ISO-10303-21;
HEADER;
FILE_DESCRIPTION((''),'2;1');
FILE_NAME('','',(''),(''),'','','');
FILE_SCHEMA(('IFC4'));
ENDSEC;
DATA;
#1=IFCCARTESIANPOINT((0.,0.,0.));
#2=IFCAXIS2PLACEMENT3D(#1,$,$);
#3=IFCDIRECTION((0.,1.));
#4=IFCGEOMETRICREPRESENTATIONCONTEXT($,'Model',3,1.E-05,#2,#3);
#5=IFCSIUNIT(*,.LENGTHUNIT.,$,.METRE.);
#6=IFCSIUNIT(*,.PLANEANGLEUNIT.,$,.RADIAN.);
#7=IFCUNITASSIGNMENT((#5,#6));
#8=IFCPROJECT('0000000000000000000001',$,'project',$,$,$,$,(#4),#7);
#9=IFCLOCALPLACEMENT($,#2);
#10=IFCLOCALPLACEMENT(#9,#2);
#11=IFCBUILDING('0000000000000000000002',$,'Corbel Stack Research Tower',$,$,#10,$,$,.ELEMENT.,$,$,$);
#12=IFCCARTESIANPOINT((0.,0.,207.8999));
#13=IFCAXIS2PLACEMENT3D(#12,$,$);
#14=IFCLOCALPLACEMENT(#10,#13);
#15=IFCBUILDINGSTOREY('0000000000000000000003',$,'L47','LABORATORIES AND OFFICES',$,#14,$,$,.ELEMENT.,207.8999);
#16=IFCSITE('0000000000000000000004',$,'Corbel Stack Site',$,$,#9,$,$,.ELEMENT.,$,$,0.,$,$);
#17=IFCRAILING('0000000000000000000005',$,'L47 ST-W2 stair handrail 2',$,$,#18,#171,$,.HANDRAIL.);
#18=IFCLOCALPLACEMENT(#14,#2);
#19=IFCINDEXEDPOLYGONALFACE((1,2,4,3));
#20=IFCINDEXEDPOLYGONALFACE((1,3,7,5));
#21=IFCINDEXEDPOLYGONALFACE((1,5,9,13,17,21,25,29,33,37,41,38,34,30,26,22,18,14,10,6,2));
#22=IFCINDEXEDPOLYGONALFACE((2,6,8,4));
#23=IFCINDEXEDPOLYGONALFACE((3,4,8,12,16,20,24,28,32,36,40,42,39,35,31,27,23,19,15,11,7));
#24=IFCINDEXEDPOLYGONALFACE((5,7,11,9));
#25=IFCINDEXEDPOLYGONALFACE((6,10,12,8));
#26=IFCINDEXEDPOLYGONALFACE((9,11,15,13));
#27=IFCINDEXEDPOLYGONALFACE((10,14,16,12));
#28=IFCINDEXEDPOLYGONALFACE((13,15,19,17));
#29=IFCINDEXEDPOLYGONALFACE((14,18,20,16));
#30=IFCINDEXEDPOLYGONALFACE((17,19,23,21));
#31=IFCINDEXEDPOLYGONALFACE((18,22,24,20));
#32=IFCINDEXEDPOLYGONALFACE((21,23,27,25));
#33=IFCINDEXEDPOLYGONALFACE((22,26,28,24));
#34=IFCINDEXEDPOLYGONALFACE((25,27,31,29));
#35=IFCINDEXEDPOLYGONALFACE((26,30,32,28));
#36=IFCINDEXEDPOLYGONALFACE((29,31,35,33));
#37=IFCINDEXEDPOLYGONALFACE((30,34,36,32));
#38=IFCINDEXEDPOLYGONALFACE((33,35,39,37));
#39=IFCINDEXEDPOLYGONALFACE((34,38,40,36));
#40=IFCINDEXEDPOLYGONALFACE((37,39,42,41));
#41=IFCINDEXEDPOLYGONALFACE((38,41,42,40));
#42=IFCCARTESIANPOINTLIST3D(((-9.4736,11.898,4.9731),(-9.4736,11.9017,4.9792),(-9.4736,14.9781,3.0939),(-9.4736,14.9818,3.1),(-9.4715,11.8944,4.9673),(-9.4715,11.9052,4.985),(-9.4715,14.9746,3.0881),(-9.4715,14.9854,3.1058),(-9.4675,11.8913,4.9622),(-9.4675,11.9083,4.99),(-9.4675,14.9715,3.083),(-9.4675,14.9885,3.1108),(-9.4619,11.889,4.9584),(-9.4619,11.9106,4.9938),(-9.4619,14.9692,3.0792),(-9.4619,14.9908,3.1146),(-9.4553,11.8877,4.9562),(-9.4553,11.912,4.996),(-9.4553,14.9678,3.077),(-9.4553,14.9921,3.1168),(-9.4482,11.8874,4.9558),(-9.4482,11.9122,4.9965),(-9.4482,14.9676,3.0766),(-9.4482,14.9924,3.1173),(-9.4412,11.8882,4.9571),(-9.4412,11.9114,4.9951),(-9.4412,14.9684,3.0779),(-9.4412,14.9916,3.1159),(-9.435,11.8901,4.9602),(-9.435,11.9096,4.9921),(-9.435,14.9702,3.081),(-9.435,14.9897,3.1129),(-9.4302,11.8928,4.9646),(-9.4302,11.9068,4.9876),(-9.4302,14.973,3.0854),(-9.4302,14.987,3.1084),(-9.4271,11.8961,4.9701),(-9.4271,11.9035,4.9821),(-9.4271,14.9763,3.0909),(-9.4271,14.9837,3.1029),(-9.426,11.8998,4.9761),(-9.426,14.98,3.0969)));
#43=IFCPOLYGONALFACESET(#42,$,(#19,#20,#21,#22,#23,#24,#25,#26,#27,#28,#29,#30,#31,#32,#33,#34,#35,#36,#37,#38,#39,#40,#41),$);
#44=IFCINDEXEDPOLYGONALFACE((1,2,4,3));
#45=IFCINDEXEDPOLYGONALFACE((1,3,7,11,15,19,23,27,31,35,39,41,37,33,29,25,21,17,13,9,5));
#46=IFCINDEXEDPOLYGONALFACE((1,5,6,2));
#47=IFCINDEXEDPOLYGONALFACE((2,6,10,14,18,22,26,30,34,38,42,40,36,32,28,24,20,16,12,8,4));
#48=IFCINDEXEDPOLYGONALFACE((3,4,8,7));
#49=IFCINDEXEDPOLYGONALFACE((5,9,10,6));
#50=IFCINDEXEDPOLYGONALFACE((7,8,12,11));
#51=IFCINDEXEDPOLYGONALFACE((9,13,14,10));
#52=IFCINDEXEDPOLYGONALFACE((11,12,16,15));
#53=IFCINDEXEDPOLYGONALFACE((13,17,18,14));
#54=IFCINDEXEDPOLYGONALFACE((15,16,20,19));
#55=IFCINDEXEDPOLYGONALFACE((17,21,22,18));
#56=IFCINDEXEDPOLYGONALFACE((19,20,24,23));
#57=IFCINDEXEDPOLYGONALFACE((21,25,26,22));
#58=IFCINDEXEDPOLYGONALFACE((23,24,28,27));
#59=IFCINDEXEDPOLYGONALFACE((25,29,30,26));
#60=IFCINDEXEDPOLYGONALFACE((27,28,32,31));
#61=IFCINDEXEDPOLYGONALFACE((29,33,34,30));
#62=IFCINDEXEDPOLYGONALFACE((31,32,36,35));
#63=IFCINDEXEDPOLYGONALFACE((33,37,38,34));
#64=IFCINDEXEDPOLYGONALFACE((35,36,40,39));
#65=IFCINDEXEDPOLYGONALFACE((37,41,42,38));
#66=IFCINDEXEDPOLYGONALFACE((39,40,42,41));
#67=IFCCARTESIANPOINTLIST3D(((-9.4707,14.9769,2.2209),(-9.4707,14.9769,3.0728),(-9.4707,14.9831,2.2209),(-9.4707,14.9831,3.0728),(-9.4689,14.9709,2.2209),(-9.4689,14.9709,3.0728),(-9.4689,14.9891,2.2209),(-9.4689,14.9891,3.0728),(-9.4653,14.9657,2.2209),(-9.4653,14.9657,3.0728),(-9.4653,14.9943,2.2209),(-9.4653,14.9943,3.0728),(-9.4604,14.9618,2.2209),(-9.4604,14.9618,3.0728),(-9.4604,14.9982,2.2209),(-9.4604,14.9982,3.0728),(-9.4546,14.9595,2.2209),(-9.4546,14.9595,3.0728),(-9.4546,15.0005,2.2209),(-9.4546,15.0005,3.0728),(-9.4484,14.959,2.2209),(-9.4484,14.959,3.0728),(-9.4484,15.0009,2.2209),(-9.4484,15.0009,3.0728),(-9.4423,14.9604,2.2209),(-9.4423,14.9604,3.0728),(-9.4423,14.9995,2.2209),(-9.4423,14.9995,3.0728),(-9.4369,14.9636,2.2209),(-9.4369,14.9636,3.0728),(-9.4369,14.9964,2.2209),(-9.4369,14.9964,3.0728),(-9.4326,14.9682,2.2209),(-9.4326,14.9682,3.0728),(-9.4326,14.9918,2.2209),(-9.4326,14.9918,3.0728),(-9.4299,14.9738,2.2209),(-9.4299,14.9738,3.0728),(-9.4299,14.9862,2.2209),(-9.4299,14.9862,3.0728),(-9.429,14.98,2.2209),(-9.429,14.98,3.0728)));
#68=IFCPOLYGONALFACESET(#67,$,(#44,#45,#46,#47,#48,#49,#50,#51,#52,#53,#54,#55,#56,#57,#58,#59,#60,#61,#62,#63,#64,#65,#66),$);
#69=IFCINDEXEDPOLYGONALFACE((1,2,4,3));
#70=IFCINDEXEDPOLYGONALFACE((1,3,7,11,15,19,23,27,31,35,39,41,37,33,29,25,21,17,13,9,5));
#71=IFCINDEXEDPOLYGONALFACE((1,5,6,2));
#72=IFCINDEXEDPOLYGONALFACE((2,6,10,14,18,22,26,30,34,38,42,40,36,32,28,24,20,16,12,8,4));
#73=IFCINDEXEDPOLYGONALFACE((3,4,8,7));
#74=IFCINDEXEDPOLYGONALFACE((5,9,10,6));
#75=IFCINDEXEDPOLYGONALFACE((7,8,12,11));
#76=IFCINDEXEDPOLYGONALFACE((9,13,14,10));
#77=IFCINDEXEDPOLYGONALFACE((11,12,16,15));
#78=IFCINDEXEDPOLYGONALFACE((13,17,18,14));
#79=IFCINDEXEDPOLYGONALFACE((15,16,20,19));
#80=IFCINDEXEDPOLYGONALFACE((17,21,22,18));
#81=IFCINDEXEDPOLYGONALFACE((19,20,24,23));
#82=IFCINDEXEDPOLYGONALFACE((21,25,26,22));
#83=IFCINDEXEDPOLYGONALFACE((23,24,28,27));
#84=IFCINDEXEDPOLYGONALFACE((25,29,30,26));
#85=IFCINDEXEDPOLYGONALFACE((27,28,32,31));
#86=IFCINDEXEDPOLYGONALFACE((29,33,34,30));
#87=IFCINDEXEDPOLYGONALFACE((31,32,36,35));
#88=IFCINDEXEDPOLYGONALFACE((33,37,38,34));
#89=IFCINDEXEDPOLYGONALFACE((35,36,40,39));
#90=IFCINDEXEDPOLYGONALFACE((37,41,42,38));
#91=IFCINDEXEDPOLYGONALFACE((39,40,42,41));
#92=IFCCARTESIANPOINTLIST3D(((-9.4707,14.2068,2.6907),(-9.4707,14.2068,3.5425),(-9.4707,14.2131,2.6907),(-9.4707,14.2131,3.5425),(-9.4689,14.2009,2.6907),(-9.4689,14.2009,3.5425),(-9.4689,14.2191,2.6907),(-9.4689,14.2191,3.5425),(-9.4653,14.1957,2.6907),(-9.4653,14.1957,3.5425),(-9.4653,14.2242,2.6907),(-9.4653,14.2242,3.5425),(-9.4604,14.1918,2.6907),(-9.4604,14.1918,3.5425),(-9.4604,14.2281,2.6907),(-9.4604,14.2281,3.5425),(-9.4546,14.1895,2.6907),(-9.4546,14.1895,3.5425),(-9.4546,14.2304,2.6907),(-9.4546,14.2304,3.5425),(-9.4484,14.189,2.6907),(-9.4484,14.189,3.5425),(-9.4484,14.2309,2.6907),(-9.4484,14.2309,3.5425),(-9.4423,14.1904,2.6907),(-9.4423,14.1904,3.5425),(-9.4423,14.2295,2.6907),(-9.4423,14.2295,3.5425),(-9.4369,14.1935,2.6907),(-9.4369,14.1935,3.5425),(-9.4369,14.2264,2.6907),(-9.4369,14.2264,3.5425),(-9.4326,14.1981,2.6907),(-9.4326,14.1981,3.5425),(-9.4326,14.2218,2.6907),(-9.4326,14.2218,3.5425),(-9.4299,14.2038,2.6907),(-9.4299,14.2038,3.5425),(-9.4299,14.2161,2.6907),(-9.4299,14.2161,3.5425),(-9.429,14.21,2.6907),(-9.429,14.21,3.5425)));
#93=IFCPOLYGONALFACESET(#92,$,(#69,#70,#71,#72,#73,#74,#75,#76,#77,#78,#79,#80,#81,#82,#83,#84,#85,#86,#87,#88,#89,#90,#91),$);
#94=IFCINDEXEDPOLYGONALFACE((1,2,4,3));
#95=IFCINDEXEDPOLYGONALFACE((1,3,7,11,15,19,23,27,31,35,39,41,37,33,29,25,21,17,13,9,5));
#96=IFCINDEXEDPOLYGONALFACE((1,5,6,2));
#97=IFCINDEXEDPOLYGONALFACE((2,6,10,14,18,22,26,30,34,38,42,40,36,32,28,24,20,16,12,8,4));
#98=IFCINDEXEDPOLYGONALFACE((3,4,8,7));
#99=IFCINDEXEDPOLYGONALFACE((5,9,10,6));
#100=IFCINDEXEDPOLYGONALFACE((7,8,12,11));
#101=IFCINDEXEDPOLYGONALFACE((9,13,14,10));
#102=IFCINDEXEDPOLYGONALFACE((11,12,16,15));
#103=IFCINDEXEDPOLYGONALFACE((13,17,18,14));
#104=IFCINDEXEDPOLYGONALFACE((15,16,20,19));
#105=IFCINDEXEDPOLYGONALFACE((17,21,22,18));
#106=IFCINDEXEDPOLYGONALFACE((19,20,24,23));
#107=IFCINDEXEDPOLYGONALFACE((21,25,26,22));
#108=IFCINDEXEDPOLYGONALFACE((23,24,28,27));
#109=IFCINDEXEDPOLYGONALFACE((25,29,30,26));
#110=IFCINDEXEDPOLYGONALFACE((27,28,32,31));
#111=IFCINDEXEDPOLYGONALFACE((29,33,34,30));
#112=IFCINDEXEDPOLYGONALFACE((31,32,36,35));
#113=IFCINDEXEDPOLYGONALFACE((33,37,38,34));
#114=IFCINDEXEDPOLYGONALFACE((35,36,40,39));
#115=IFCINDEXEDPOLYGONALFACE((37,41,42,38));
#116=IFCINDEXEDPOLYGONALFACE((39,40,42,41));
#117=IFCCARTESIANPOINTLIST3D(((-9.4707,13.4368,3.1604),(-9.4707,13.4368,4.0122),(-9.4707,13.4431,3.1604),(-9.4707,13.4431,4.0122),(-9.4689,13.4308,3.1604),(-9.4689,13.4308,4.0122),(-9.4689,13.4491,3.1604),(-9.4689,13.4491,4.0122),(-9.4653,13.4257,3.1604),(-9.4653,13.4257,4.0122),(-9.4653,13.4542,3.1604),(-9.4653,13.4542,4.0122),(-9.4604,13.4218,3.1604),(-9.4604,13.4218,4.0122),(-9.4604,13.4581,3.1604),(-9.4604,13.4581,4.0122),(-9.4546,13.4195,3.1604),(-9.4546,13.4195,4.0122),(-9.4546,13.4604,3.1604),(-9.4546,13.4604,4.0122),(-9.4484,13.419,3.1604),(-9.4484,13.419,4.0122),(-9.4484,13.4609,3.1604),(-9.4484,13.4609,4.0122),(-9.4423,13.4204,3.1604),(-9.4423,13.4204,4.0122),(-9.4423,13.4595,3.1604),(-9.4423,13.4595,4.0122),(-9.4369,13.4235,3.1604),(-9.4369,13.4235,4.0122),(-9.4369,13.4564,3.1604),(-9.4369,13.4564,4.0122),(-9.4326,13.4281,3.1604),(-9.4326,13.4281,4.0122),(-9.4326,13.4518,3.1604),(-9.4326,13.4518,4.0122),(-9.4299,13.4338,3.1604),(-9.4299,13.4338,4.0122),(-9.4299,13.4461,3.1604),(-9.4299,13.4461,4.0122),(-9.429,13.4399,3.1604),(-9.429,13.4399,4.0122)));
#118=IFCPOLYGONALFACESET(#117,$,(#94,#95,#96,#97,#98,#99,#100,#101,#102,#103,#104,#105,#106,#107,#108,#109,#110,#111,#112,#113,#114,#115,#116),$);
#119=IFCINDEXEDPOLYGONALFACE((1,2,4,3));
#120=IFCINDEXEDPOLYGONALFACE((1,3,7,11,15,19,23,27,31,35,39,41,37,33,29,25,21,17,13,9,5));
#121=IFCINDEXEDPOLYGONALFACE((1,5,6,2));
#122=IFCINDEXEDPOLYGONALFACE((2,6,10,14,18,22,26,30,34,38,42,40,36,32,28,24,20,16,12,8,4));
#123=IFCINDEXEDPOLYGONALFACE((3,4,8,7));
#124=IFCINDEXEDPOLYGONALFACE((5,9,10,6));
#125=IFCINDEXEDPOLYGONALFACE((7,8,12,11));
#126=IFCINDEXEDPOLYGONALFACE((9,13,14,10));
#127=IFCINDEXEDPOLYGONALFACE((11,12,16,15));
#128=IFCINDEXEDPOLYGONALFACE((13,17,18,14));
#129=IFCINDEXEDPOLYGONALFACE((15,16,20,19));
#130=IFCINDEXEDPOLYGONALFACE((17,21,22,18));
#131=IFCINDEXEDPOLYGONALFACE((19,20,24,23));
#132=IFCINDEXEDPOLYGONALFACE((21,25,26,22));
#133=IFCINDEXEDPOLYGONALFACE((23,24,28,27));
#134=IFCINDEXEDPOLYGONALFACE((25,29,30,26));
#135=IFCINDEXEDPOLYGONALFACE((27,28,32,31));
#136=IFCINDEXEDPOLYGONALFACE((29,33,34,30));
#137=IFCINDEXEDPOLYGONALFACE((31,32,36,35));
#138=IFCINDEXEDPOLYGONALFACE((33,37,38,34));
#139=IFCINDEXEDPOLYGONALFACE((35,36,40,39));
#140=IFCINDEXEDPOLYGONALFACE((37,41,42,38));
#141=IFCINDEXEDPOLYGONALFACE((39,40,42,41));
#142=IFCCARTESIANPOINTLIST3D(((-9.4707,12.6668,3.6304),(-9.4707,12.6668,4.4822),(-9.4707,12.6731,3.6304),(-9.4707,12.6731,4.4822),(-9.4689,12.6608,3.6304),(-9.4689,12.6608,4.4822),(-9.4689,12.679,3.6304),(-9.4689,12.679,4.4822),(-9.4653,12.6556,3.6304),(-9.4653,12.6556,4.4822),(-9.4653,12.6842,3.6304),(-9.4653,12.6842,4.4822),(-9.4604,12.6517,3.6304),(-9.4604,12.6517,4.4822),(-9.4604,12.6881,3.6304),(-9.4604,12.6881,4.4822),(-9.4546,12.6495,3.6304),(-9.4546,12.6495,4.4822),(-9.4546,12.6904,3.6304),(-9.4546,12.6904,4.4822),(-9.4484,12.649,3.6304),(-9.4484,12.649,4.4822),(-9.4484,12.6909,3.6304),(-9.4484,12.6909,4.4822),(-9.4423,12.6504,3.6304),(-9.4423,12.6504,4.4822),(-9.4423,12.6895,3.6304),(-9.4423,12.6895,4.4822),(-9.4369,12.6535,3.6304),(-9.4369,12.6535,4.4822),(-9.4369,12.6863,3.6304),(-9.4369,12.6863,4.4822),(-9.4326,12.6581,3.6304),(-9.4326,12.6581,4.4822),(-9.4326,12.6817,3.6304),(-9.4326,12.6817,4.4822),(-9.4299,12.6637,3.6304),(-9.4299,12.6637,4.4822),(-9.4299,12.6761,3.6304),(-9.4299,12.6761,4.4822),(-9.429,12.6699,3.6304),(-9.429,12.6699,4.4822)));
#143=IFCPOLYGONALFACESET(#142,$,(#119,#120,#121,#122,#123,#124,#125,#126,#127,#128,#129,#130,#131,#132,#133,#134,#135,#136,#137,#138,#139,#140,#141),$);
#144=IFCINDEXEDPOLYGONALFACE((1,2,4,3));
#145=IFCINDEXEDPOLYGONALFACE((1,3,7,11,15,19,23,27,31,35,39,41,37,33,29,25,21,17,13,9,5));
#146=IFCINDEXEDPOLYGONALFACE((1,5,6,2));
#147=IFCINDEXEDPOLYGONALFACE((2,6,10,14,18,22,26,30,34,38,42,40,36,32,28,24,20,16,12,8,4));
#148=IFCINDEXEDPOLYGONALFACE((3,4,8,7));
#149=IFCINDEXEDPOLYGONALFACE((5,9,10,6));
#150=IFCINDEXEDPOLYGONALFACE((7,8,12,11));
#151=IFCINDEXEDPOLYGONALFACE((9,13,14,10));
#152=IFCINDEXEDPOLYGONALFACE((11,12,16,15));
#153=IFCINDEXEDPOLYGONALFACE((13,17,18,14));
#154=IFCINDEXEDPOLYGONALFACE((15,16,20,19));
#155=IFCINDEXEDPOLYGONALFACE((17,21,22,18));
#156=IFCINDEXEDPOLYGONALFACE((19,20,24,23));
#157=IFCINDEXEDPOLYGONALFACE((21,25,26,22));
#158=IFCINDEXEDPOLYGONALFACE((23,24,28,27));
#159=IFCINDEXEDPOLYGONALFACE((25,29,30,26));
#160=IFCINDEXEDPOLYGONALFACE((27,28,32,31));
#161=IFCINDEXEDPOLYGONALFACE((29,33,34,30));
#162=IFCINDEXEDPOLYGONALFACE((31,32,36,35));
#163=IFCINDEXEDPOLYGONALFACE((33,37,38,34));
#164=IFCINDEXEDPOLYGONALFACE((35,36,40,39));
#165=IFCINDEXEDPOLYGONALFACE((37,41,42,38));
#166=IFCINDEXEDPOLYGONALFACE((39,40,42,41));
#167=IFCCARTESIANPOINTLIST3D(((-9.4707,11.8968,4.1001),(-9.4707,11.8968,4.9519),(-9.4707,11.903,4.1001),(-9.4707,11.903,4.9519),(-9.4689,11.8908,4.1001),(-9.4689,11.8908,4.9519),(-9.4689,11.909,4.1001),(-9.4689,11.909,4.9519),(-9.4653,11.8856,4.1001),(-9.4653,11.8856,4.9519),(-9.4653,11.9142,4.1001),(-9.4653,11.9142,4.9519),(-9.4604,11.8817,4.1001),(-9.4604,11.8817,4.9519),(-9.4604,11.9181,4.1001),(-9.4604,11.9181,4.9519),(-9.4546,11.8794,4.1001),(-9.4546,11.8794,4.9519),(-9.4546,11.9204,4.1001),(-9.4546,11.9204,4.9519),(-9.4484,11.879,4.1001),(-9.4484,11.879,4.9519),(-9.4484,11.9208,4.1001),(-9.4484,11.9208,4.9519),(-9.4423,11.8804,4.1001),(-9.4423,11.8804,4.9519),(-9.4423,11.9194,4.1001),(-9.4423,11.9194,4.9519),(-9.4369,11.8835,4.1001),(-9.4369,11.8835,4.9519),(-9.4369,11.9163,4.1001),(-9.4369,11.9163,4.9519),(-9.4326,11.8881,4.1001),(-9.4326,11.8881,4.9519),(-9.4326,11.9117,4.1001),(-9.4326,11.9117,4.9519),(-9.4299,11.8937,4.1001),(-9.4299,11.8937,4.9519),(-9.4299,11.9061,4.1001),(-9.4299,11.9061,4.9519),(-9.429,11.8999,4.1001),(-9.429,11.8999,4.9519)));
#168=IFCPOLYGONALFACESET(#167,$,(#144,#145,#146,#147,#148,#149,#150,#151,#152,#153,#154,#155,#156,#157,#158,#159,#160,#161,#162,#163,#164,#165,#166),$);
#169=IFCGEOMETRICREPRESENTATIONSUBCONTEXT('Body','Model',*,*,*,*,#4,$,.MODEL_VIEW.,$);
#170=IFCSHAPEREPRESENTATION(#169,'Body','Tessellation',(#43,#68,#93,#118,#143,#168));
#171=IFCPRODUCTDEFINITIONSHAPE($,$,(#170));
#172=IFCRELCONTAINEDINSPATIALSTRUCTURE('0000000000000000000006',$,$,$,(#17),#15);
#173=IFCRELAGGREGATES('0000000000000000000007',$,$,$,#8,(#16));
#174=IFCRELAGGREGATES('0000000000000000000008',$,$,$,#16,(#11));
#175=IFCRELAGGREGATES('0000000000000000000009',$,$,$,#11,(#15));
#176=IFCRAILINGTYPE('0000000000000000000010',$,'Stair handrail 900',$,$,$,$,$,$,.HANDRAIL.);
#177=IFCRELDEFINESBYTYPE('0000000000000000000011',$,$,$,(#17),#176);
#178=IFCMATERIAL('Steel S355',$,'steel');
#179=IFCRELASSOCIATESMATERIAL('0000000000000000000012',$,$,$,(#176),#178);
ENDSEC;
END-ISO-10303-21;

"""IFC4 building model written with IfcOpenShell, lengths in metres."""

from ifc_helpers import new_model, si_unit, direction, frame, origin, origin_2d, place, context, subcontext, project, spatial, circle, extrude, material, type_object, element, save


model = new_model("IFC4")

# Units and contexts
model_context = context("Model", 3, precision=1e-05, world=origin(), true_north=direction((0.0, 1.0)))
body_context = subcontext(model_context, "Body", "Model", "MODEL_VIEW")
ifc_project = project(units=[si_unit("LENGTHUNIT", "METRE"), si_unit("PLANEANGLEUNIT", "RADIAN")], contexts=[model_context])

# Site, building, storey
site_placement = place(None, origin())
site = spatial("IfcSite", under=ifc_project, at=site_placement, Name="Corbel Stack Site", CompositionType="ELEMENT", RefElevation=0.0)
building_placement = place(site_placement, origin())
building = spatial("IfcBuilding", under=site, at=building_placement, Name="Corbel Stack Research Tower", CompositionType="ELEMENT")
storey_placement = place(building_placement, frame((0.0, 0.0, 207.8999)))
storey = spatial("IfcBuildingStorey", under=building, at=storey_placement, Name="L47", Description="LABORATORIES AND OFFICES", CompositionType="ELEMENT", Elevation=207.8999)

# Railing
ifc_material_1 = material(Name="Steel S355", Category="steel")
railing_type_1 = type_object("IfcRailingType", Name="Stair handrail 900", PredefinedType="HANDRAIL", material=ifc_material_1)
railing_1_placement = place(storey_placement, frame((-9.45, 14.98, 2.2209)))
element("IfcRailing", 1, at=railing_1_placement, inside=storey, type_object=railing_type_1, Name="L47 ST-W2 stair handrail 2", PredefinedType="HANDRAIL", context=body_context, shape_type="SweptSolid", body=[
    extrude(circle(Radius=0.0239, at=origin_2d()), frame((0.0, 0.0, 0.876), z_axis=(0.0, -0.853666, 0.52082), x_axis=(1.0, 0.0, 0.0)), (0.0, 0.0, 1.0), 3.6082),
    extrude(circle(Radius=0.021, at=origin_2d()), origin(), (0.0, 0.0, 1.0), 0.8518),
    extrude(circle(Radius=0.021, at=origin_2d()), frame((0.0, -0.77, 0.4697)), (0.0, 0.0, 1.0), 0.8518),
    extrude(circle(Radius=0.021, at=origin_2d()), frame((0.0, -1.54, 0.9395)), (0.0, 0.0, 1.0), 0.8518),
    extrude(circle(Radius=0.021, at=origin_2d()), frame((0.0, -2.3101, 1.4094)), (0.0, 0.0, 1.0), 0.8518),
    extrude(circle(Radius=0.021, at=origin_2d()), frame((0.0, -3.0801, 1.8792)), (0.0, 0.0, 1.0), 0.8518),
])

save(model, "model.ifc")
